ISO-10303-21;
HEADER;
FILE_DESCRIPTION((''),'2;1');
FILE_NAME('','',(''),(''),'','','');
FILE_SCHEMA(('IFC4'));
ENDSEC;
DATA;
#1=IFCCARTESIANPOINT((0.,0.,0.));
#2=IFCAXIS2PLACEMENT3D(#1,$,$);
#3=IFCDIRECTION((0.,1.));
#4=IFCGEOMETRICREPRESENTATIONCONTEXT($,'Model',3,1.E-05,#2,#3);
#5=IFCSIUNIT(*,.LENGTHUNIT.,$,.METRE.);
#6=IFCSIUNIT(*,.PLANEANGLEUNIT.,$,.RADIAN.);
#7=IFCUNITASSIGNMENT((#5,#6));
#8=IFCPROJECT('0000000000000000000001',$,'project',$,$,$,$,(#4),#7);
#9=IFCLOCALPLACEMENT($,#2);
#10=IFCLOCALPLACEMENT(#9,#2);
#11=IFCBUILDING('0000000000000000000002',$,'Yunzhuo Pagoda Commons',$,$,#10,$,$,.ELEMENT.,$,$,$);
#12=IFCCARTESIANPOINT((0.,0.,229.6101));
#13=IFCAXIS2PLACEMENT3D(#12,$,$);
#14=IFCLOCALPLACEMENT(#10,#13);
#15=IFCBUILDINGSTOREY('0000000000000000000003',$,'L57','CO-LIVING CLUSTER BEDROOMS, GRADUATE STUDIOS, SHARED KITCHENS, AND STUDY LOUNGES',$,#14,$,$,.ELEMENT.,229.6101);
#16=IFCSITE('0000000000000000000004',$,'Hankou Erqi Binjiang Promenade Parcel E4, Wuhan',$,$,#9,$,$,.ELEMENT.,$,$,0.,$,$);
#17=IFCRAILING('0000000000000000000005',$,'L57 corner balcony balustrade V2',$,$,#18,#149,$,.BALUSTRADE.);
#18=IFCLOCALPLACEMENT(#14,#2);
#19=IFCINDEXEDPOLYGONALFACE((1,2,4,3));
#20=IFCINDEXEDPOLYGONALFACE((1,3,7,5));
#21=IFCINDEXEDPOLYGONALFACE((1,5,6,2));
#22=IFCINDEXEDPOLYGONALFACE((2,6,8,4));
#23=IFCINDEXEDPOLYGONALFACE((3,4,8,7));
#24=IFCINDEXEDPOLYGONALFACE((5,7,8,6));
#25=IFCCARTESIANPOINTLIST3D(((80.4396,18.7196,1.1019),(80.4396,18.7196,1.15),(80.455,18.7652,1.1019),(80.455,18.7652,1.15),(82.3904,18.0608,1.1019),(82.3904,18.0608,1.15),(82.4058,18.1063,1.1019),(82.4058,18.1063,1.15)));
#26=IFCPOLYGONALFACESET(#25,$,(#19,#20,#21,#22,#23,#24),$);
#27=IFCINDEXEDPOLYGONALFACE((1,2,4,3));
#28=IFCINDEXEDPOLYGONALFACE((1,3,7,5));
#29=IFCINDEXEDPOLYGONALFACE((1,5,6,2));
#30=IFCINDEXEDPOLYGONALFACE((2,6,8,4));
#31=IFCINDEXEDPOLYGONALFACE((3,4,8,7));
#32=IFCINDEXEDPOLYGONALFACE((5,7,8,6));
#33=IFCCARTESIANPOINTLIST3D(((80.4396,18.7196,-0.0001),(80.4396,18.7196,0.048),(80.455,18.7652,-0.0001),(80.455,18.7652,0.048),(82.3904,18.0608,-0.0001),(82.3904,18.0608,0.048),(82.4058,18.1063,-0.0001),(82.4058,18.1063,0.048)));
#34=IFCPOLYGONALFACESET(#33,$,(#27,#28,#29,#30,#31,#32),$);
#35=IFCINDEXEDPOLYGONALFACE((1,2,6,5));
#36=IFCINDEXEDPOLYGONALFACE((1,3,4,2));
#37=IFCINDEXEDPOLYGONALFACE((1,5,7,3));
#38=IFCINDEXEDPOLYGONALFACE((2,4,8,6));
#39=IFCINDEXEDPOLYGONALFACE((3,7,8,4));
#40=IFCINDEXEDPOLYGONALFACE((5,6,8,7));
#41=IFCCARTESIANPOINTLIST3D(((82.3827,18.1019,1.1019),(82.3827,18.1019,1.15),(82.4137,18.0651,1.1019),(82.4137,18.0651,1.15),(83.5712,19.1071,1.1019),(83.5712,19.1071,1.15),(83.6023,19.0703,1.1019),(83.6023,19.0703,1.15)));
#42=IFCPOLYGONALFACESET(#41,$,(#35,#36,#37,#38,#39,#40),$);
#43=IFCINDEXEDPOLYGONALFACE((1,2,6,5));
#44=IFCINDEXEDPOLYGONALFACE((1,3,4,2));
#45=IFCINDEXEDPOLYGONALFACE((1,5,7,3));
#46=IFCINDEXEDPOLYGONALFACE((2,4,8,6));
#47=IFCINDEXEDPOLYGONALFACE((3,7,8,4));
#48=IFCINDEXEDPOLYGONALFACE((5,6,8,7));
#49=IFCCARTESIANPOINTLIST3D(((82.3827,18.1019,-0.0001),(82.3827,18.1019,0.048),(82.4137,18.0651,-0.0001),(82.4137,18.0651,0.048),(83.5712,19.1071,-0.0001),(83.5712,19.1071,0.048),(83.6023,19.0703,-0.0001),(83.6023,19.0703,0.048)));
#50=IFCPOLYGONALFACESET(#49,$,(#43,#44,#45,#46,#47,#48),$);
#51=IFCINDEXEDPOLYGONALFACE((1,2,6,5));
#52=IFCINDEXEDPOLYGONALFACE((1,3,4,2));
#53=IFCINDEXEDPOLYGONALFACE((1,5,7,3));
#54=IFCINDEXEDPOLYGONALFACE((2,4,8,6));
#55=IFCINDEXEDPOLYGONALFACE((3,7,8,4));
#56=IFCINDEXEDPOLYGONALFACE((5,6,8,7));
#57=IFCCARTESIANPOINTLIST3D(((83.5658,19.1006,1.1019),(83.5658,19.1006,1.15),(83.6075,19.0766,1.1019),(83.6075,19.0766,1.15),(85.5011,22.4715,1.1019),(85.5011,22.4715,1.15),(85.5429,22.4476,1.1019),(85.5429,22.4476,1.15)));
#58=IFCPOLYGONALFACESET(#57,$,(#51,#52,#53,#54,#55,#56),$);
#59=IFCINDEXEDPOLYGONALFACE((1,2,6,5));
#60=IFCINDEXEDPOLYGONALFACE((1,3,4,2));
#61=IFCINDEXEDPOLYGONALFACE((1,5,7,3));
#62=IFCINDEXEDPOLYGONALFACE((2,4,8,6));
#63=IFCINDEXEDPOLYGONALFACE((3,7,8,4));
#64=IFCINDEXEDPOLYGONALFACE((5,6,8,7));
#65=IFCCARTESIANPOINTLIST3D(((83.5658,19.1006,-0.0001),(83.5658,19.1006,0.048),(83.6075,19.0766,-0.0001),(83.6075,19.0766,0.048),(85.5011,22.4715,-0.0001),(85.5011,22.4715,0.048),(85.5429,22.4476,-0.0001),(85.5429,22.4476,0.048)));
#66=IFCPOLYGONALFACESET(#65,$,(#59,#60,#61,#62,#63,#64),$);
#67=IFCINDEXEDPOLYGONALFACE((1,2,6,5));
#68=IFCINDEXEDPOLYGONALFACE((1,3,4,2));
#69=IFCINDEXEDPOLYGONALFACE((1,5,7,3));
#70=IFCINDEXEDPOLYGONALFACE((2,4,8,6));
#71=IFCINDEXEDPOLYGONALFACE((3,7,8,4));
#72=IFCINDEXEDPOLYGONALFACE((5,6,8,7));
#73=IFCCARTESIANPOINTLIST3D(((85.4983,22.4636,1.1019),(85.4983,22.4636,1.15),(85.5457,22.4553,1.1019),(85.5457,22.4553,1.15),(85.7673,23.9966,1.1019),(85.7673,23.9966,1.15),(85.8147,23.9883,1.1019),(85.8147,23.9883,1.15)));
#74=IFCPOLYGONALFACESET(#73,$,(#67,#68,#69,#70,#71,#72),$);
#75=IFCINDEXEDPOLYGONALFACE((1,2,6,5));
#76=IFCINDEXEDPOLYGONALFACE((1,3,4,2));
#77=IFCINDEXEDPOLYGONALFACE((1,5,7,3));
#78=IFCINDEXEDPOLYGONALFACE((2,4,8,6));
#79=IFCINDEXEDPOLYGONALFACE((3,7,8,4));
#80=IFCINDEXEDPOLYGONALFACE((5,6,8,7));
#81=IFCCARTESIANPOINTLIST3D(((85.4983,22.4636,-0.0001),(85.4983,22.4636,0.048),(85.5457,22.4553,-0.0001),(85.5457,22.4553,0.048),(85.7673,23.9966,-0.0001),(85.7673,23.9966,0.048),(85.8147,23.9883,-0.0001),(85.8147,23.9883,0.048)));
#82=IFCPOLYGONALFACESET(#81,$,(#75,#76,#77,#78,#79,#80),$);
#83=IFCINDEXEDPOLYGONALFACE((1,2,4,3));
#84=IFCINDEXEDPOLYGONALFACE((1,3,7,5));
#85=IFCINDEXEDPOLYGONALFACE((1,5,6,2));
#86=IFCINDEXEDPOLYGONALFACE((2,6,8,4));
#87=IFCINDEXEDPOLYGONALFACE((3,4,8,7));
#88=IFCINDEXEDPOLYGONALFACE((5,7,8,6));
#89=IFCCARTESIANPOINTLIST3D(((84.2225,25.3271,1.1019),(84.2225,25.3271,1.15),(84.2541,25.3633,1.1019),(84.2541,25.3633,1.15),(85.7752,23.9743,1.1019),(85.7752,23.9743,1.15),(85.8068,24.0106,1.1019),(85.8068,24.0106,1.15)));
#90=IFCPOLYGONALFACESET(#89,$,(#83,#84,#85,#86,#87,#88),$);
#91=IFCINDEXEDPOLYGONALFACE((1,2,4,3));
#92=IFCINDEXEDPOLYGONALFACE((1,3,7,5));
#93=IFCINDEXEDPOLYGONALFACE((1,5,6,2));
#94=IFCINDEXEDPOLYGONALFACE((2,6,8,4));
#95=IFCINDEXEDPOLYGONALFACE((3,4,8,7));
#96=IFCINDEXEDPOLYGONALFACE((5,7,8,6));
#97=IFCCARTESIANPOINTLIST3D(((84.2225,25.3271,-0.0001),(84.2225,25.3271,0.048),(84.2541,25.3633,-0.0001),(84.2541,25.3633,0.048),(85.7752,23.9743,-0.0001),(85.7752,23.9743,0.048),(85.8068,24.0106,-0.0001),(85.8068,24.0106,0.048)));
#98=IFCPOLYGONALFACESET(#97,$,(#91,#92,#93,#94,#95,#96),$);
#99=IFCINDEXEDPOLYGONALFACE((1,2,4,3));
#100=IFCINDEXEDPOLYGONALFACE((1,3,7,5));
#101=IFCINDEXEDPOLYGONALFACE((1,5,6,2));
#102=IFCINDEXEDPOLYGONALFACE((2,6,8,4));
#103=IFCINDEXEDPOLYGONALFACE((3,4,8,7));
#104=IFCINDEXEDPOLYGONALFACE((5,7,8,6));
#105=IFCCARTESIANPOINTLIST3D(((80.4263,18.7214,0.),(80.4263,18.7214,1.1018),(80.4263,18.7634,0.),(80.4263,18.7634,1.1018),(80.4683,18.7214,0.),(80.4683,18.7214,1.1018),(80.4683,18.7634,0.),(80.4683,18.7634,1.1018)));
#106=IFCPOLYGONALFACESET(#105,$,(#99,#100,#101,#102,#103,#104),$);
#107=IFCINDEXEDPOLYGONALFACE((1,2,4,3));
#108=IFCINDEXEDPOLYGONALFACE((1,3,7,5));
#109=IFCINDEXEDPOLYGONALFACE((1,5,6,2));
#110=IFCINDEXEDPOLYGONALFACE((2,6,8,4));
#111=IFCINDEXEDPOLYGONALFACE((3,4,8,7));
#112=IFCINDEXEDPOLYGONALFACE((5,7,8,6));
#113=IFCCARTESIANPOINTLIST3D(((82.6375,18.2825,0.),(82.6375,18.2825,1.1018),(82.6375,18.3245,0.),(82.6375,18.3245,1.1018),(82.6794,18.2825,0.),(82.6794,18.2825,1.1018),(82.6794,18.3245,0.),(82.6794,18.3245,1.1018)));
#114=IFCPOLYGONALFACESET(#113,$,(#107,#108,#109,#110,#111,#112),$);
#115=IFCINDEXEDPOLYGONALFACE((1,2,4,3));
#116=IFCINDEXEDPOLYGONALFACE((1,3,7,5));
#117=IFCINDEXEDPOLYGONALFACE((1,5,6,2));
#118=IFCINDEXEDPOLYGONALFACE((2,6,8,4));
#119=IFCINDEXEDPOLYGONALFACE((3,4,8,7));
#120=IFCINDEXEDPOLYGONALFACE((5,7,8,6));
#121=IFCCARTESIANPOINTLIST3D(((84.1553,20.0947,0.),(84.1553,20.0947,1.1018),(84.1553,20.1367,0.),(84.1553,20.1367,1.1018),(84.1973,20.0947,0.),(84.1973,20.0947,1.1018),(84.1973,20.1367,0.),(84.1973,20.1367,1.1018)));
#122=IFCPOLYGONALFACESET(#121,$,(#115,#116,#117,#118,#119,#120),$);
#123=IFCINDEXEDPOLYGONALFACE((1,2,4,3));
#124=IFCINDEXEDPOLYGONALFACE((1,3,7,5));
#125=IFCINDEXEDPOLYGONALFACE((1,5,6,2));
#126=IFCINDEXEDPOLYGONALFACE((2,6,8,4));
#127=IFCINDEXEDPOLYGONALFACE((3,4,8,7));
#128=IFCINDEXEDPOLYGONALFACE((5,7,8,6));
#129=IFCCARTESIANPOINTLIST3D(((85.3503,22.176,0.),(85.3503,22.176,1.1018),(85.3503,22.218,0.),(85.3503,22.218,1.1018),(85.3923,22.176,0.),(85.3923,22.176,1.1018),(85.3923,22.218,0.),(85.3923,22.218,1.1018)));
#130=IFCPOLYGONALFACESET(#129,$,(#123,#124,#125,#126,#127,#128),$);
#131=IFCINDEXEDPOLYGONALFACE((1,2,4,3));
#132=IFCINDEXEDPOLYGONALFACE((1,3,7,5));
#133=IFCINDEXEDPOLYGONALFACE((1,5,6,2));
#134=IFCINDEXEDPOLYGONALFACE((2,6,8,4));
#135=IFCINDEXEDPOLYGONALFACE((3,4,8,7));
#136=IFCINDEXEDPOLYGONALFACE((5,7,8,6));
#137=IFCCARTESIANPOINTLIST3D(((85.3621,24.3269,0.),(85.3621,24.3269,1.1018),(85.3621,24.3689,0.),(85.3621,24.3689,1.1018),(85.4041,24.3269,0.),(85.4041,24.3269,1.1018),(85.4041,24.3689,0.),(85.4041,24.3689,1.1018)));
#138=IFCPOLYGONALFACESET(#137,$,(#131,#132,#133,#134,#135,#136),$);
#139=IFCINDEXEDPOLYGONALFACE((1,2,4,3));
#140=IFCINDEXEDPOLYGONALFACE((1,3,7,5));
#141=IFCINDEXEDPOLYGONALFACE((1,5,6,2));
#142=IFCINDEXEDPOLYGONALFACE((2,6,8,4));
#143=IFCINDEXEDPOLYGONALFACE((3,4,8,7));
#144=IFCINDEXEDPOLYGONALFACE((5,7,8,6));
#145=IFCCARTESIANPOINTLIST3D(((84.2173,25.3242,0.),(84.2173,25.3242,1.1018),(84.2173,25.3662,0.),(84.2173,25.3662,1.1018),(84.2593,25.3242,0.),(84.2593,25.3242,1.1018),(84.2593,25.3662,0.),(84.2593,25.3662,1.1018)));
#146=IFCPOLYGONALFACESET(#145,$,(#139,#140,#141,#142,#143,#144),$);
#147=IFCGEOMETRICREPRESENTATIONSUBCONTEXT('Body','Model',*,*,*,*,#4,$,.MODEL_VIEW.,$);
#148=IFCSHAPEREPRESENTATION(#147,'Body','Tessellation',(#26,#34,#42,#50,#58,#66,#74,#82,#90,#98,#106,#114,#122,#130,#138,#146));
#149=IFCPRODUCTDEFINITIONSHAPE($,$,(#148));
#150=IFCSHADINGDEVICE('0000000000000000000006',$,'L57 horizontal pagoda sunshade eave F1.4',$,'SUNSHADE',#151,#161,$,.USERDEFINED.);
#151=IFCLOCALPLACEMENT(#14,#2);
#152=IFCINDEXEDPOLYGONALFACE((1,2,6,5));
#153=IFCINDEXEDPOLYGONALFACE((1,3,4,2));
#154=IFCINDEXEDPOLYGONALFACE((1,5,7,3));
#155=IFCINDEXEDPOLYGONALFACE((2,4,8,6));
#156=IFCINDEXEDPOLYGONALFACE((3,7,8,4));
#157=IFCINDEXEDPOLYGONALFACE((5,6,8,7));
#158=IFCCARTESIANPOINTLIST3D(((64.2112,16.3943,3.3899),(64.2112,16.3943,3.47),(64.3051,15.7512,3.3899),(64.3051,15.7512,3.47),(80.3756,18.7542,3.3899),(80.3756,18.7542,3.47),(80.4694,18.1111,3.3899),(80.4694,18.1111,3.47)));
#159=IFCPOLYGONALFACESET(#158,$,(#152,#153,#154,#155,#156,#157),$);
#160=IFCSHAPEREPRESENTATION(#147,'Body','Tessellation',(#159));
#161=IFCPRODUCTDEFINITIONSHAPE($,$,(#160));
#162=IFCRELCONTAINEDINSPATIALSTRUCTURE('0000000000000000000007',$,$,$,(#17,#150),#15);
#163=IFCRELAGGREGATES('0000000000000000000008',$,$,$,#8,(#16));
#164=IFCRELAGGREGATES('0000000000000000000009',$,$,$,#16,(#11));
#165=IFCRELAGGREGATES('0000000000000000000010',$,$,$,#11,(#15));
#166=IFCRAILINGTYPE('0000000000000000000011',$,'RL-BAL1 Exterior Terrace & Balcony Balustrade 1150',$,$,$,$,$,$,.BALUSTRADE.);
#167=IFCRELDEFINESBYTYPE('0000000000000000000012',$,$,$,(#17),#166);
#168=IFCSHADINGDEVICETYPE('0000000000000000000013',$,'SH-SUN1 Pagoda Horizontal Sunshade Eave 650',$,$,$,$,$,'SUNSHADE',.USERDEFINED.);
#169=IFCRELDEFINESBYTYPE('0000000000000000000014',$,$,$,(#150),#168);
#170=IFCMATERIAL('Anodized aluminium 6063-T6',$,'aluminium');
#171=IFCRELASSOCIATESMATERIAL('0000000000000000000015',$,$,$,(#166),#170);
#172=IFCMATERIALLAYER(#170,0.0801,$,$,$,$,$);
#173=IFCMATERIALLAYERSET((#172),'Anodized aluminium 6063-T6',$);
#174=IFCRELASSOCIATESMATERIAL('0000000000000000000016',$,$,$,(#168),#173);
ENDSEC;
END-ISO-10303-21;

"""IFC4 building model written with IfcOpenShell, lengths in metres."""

from ifc_helpers import new_model, si_unit, direction, frame, origin, origin_2d, place, context, subcontext, project, spatial, rectangle, extrude, source, transform, mapped, material, layer, layer_set, type_object, element, save


model = new_model("IFC4")

# Units and contexts
model_context = context("Model", 3, precision=1e-05, world=origin(), true_north=direction((0.0, 1.0)))
body_context = subcontext(model_context, "Body", "Model", "MODEL_VIEW")
ifc_project = project(units=[si_unit("LENGTHUNIT", "METRE"), si_unit("PLANEANGLEUNIT", "RADIAN")], contexts=[model_context])

# Site, building, storey
site_placement = place(None, origin())
site = spatial("IfcSite", under=ifc_project, at=site_placement, Name="Hankou Erqi Binjiang Promenade Parcel E4, Wuhan", CompositionType="ELEMENT", RefElevation=0.0)
building_placement = place(site_placement, origin())
building = spatial("IfcBuilding", under=site, at=building_placement, Name="Yunzhuo Pagoda Commons", CompositionType="ELEMENT")
storey_placement = place(building_placement, frame((0.0, 0.0, 229.6101)))
storey = spatial("IfcBuildingStorey", under=building, at=storey_placement, Name="L57", Description="CO-LIVING CLUSTER BEDROOMS, GRADUATE STUDIOS, SHARED KITCHENS, AND STUDY LOUNGES", CompositionType="ELEMENT", Elevation=229.6101)

# Shared definitions
ifc_material_1 = material(Name="Anodized aluminium 6063-T6", Category="aluminium")

# Railing
railing_type = type_object("IfcRailingType", Name="RL-BAL1 Exterior Terrace & Balcony Balustrade 1150", PredefinedType="BALUSTRADE", material=ifc_material_1)
railing_placement = place(storey_placement, frame((80.4473, 18.7424, 0.0)))
element("IfcRailing", 1, at=railing_placement, inside=storey, type_object=railing_type, Name="L57 corner balcony balustrade V2", PredefinedType="BALUSTRADE", context=body_context, shape_type="SweptSolid", body=[
    extrude(rectangle(XDim=0.0481, YDim=0.0481, at=origin_2d()), frame((0.0, 0.0, 1.126), z_axis=(0.947419, -0.319996, 0.0), x_axis=(0.319996, 0.947419, 0.0)), (0.0, 0.0, 1.0), 2.0591),
    extrude(rectangle(XDim=0.0481, YDim=0.0481, at=origin_2d()), frame((0.0, 0.0, 0.0239), z_axis=(0.947419, -0.319996, 0.0), x_axis=(0.319996, 0.947419, 0.0)), (0.0, 0.0, 1.0), 2.0591),
    extrude(rectangle(XDim=0.0481, YDim=0.0481, at=origin_2d()), frame((1.9509, -0.6589, 1.126), z_axis=(0.763547, 0.645752, 0.0), x_axis=(-0.645752, 0.763547, 0.0)), (0.0, 0.0, 1.0), 1.5566),
    extrude(rectangle(XDim=0.0481, YDim=0.0481, at=origin_2d()), frame((1.9509, -0.6589, 0.0239), z_axis=(0.763547, 0.645752, 0.0), x_axis=(-0.645752, 0.763547, 0.0)), (0.0, 0.0, 1.0), 1.5566),
    extrude(rectangle(XDim=0.0481, YDim=0.0481, at=origin_2d()), frame((3.1394, 0.3462, 1.126), z_axis=(0.497903, 0.867233, 0.0), x_axis=(-0.867233, 0.497903, 0.0)), (0.0, 0.0, 1.0), 3.887),
    extrude(rectangle(XDim=0.0481, YDim=0.0481, at=origin_2d()), frame((3.1394, 0.3462, 0.0239), z_axis=(0.497903, 0.867233, 0.0), x_axis=(-0.867233, 0.497903, 0.0)), (0.0, 0.0, 1.0), 3.887),
    extrude(rectangle(XDim=0.0481, YDim=0.0481, at=origin_2d()), frame((5.0747, 3.717, 1.126), z_axis=(0.172864, 0.984946, 0.0), x_axis=(-0.984946, 0.172864, 0.0)), (0.0, 0.0, 1.0), 1.5564),
    extrude(rectangle(XDim=0.0481, YDim=0.0481, at=origin_2d()), frame((5.0747, 3.717, 0.0239), z_axis=(0.172864, 0.984946, 0.0), x_axis=(-0.984946, 0.172864, 0.0)), (0.0, 0.0, 1.0), 1.5564),
    extrude(rectangle(XDim=0.0481, YDim=0.0481, at=origin_2d()), frame((5.3438, 5.25, 1.126), z_axis=(-0.753985, 0.656892, 0.0), x_axis=(-0.656892, -0.753985, 0.0)), (0.0, 0.0, 1.0), 2.0593),
    extrude(rectangle(XDim=0.0481, YDim=0.0481, at=origin_2d()), frame((5.3438, 5.25, 0.0239), z_axis=(-0.753985, 0.656892, 0.0), x_axis=(-0.656892, -0.753985, 0.0)), (0.0, 0.0, 1.0), 2.0593),
    extrude(rectangle(XDim=0.042, YDim=0.042, at=origin_2d()), origin(), (0.0, 0.0, 1.0), 1.1018),
    extrude(rectangle(XDim=0.042, YDim=0.042, at=origin_2d()), frame((2.2112, -0.439, 0.0)), (0.0, 0.0, 1.0), 1.1018),
    extrude(rectangle(XDim=0.042, YDim=0.042, at=origin_2d()), frame((3.729, 1.3733, 0.0)), (0.0, 0.0, 1.0), 1.1018),
    extrude(rectangle(XDim=0.042, YDim=0.042, at=origin_2d()), frame((4.9241, 3.4546, 0.0)), (0.0, 0.0, 1.0), 1.1018),
    extrude(rectangle(XDim=0.042, YDim=0.042, at=origin_2d()), frame((4.9358, 5.6055, 0.0)), (0.0, 0.0, 1.0), 1.1018),
    extrude(rectangle(XDim=0.042, YDim=0.042, at=origin_2d()), frame((3.791, 6.6028, 0.0)), (0.0, 0.0, 1.0), 1.1018),
])

# Shading device
ifc_layer_1 = layer(ifc_material_1, 0.0801)
ifc_layer_set_1 = layer_set([ifc_layer_1], Name="Anodized aluminium 6063-T6")
shading_device_type = type_object("IfcShadingDeviceType", Name="SH-SUN1 Pagoda Horizontal Sunshade Eave 650", ElementType="SUNSHADE", PredefinedType="USERDEFINED", material=ifc_layer_set_1)
shared_shape_1 = source(origin(), body_context, "Body", "SweptSolid", [
    extrude(rectangle(XDim=16.3357, YDim=0.6499, at=origin_2d()), origin(), (0.0, 0.0, 1.0), 0.0801),
])
shading_device_placement = place(storey_placement, frame((72.3403, 17.2527, 3.3899), z_axis=(0.0, 0.0, 1.0), x_axis=(0.989511, 0.14446, 0.0)))
element("IfcShadingDevice", 2, at=shading_device_placement, inside=storey, type_object=shading_device_type, Name="L57 horizontal pagoda sunshade eave F1.4", ObjectType="SUNSHADE", PredefinedType="USERDEFINED", context=body_context, shape_type="MappedRepresentation", body=[
    mapped(shared_shape_1, transform((0.0, 0.0, 0.0), scale=1.0)),
])

save(model, "model.ifc")
